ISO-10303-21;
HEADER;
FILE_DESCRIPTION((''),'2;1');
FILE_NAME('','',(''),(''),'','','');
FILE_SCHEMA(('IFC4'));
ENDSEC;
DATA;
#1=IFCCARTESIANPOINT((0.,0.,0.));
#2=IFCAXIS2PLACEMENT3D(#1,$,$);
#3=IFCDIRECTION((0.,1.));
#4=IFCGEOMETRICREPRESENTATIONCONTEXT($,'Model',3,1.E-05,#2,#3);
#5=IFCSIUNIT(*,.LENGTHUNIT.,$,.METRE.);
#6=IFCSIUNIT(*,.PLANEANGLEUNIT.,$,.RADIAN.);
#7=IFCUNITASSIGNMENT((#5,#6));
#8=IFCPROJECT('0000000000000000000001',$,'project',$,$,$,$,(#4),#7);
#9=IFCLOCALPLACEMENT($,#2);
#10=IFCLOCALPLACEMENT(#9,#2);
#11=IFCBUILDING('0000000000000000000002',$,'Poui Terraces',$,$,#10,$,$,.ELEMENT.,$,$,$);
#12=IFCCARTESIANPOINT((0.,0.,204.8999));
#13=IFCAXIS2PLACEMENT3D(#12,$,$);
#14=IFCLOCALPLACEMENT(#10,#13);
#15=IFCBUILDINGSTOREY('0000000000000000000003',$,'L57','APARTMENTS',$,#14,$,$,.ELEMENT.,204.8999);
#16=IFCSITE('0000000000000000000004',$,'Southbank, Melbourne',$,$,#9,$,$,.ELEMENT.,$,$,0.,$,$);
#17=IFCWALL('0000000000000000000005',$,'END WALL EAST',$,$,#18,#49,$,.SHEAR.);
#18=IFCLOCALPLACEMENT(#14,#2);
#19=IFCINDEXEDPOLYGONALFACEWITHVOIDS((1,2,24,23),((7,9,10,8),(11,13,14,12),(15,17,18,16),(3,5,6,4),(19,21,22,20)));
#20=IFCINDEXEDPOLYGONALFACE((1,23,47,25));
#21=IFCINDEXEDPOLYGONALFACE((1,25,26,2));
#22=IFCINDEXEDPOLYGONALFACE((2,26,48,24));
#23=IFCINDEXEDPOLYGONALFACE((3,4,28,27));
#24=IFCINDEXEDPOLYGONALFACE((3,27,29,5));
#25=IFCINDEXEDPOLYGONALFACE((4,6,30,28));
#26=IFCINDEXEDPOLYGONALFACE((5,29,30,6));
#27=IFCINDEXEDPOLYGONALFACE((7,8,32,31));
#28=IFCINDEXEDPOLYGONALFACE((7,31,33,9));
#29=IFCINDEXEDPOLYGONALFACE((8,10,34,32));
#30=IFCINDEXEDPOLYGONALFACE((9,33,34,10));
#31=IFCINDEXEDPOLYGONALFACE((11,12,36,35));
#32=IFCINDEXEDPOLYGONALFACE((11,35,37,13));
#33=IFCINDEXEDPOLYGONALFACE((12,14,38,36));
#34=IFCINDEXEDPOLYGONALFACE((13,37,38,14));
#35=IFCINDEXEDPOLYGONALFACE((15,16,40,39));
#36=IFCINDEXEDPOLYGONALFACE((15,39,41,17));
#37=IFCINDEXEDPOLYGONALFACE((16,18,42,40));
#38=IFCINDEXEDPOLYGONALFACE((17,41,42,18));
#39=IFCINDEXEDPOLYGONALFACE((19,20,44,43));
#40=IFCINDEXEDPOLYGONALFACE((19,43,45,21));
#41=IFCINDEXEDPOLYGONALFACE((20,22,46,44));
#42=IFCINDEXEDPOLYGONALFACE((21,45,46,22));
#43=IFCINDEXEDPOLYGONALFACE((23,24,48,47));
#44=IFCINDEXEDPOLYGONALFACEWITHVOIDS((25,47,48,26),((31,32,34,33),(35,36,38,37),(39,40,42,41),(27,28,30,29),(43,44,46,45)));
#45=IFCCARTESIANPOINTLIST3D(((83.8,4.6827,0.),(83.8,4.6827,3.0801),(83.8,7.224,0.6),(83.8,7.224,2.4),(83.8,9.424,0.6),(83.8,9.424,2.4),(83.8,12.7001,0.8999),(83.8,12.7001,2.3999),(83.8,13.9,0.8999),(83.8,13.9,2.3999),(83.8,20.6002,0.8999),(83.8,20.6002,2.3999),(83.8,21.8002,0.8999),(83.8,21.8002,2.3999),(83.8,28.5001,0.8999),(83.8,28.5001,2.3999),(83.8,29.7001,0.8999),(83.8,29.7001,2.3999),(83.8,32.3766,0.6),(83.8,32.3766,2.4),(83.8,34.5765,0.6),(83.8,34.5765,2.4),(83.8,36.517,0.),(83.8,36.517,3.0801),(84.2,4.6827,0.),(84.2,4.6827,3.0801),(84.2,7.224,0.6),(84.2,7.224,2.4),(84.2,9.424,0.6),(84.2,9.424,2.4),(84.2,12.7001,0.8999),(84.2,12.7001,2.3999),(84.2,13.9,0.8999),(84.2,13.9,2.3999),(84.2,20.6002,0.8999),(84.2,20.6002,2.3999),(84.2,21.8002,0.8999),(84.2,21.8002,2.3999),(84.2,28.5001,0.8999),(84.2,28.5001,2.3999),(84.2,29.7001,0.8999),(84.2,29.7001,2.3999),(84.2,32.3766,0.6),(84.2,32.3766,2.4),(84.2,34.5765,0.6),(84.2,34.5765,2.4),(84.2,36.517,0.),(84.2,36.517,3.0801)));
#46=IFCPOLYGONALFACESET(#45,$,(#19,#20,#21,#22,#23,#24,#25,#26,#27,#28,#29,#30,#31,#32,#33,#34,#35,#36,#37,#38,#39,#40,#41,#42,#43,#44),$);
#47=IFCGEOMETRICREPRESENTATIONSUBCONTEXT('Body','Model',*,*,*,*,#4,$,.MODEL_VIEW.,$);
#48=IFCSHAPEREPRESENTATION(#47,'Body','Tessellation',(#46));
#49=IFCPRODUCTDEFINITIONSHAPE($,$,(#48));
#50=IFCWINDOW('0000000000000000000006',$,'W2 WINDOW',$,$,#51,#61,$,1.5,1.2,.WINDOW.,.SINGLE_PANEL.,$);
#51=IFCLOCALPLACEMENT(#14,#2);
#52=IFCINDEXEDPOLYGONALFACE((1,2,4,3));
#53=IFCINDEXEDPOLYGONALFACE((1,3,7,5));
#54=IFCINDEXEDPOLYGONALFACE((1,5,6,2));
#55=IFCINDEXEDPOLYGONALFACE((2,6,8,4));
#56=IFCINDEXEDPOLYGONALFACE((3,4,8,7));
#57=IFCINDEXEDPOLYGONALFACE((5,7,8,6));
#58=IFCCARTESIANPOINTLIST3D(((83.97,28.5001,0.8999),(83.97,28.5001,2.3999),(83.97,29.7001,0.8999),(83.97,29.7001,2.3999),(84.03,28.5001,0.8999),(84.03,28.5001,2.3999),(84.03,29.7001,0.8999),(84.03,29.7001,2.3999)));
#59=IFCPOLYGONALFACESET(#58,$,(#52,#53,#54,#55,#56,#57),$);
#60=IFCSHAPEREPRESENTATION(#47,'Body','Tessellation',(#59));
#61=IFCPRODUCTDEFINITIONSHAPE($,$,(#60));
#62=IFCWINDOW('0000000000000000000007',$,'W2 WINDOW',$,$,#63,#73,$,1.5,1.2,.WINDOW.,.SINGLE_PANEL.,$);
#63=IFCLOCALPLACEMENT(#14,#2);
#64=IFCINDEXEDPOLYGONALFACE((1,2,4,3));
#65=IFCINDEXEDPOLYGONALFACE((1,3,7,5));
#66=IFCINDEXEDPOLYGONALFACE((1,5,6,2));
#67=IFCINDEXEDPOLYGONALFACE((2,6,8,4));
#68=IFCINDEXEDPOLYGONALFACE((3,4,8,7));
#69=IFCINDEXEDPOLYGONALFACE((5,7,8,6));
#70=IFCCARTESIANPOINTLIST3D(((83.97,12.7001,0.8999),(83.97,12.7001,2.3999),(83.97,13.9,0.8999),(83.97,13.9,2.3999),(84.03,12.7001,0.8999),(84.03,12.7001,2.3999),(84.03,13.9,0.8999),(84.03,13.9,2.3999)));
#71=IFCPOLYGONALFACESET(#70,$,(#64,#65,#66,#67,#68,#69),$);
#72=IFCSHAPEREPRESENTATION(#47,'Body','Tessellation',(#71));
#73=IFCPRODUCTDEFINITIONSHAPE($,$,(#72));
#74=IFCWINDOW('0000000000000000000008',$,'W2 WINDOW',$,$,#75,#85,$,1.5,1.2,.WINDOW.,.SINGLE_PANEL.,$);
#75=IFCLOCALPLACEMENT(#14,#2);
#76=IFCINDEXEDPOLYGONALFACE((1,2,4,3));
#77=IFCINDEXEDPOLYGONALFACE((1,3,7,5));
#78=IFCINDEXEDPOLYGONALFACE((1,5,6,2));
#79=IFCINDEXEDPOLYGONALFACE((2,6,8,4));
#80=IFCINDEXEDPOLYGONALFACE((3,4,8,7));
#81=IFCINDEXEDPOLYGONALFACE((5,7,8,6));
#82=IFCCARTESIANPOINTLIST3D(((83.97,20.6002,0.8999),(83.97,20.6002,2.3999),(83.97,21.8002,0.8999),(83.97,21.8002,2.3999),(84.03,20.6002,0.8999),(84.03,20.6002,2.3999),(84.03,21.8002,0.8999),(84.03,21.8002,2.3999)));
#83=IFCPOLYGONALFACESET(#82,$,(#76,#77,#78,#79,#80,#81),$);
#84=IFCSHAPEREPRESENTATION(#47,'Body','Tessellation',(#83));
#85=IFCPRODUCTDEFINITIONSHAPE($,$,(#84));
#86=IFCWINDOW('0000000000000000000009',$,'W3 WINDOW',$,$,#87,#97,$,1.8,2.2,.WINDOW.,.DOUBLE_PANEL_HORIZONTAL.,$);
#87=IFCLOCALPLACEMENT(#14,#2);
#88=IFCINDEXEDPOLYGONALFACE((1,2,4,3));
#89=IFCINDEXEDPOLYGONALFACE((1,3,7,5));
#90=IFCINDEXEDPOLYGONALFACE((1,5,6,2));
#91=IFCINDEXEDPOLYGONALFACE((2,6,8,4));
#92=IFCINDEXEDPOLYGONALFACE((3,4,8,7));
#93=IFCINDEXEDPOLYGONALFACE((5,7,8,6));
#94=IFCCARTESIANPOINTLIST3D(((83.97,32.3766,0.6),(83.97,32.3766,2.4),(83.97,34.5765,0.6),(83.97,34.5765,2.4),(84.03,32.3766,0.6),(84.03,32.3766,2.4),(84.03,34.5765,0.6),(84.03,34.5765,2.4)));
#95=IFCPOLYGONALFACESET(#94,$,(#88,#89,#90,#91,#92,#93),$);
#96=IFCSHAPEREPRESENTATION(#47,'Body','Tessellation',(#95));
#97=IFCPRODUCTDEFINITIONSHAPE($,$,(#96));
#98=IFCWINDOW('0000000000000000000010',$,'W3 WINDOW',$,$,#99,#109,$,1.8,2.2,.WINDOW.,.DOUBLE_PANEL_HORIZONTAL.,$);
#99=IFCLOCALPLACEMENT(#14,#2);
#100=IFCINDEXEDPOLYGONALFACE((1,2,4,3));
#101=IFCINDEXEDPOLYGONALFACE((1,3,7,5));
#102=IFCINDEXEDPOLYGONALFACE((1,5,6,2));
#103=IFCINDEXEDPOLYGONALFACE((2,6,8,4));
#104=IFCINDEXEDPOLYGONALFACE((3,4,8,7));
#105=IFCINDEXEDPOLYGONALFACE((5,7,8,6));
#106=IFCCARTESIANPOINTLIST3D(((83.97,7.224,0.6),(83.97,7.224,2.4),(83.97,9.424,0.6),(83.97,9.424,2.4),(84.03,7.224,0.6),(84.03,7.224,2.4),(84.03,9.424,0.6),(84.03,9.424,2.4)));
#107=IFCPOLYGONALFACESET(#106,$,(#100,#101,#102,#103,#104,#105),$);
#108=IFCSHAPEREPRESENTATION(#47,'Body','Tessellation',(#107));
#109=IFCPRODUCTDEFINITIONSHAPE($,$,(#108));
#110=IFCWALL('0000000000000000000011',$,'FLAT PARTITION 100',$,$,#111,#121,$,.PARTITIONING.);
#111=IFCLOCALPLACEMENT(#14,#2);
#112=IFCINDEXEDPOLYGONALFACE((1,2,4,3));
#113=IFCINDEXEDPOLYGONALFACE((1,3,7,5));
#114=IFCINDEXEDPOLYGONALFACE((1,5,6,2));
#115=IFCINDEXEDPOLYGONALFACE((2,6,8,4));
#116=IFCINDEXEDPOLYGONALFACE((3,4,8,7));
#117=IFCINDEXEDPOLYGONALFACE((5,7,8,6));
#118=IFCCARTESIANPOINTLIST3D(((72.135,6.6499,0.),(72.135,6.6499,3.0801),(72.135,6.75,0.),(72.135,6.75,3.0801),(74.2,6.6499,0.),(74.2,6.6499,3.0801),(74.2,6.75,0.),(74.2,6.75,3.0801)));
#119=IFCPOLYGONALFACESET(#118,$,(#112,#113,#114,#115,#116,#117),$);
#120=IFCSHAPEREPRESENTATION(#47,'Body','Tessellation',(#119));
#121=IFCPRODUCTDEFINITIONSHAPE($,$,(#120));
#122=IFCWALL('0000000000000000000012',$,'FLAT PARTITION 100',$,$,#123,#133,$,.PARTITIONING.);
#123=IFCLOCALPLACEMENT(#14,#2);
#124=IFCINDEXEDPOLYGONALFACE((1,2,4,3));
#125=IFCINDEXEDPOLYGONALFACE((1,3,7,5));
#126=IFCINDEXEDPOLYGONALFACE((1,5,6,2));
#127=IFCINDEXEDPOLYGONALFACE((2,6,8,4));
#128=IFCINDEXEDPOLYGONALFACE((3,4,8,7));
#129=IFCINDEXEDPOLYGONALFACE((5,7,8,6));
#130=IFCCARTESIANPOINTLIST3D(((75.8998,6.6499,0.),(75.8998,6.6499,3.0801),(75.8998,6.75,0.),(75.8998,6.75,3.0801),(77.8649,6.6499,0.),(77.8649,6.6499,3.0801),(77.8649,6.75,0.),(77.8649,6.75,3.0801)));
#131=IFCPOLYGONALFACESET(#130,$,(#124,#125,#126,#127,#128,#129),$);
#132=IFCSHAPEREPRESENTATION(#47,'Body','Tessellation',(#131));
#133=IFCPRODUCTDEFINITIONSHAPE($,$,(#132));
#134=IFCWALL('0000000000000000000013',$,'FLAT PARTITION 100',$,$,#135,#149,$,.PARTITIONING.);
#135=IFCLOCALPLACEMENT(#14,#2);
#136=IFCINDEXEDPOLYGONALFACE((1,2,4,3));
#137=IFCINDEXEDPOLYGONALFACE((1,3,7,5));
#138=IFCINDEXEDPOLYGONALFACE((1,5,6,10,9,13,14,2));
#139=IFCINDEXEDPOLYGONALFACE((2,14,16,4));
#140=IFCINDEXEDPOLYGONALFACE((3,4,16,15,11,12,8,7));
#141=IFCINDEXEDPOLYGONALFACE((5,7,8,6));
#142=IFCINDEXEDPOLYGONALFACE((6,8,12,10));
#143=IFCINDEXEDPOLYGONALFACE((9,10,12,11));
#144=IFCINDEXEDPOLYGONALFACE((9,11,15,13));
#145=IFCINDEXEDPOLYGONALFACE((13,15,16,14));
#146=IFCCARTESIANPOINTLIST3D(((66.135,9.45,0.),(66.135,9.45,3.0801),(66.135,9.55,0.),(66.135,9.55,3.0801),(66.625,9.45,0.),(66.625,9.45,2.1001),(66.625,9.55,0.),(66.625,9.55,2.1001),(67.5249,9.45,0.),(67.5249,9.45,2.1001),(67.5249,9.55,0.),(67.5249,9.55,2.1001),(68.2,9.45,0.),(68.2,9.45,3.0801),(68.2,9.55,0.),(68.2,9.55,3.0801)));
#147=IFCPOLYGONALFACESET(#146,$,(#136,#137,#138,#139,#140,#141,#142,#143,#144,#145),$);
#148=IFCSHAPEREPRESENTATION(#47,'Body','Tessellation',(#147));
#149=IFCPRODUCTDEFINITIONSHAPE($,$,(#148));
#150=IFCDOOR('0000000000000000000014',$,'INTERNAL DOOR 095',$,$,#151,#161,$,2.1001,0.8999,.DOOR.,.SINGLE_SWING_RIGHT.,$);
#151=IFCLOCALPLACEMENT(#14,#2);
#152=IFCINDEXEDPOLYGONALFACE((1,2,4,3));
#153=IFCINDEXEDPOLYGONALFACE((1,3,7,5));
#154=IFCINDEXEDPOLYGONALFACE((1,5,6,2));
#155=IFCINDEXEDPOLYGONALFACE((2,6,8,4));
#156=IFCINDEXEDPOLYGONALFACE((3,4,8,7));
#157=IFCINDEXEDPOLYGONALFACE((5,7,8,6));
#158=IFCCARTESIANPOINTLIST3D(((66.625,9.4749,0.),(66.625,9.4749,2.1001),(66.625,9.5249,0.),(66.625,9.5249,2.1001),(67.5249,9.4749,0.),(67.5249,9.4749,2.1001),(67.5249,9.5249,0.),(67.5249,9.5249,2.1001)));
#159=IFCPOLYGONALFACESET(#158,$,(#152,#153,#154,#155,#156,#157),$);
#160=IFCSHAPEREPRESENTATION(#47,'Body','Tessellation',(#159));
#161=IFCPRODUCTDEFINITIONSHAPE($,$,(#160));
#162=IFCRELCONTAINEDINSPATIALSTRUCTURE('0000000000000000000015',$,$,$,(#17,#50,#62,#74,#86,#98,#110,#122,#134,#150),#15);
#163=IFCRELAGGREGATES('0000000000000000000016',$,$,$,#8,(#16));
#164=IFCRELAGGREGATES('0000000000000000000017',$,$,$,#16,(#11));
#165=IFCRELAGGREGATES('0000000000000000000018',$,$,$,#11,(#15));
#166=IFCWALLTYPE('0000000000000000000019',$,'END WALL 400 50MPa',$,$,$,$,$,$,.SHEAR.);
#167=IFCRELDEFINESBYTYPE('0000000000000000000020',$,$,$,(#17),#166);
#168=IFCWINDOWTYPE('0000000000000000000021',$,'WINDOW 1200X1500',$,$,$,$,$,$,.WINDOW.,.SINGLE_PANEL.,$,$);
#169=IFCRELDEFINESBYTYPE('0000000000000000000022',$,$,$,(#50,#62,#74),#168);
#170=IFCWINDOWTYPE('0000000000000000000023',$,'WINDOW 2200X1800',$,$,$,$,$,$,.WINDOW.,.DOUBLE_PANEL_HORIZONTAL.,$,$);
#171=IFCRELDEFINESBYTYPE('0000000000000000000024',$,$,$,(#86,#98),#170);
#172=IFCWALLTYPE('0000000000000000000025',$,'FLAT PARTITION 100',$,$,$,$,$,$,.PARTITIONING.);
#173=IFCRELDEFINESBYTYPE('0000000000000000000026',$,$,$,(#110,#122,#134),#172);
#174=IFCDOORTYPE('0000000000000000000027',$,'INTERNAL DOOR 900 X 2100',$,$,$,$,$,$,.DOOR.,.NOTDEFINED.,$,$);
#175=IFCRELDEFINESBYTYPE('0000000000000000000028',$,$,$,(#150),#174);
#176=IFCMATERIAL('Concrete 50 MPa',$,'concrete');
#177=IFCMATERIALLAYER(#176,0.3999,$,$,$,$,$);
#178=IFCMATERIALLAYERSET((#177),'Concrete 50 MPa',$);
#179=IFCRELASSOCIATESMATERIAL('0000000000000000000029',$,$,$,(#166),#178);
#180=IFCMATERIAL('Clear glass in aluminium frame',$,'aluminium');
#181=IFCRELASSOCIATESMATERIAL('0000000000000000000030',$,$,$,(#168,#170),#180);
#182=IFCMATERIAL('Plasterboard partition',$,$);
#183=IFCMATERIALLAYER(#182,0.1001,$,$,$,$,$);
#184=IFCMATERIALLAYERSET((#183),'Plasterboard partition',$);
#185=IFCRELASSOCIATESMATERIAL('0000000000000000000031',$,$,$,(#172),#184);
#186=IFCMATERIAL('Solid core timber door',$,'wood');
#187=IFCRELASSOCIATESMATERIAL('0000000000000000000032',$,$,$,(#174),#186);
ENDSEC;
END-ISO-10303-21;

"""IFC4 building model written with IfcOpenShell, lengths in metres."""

from ifc_helpers import new_model, si_unit, direction, frame, frame_2d, origin, place, context, subcontext, project, spatial, rectangle, extrude, material, layer, layer_set, type_object, element, fill, save


model = new_model("IFC4")

# Units and contexts
model_context = context("Model", 3, precision=1e-05, world=origin(), true_north=direction((0.0, 1.0)))
body_context = subcontext(model_context, "Body", "Model", "MODEL_VIEW")
ifc_project = project(units=[si_unit("LENGTHUNIT", "METRE"), si_unit("PLANEANGLEUNIT", "RADIAN")], contexts=[model_context])

# Site, building, storey
site_placement = place(None, origin())
site = spatial("IfcSite", under=ifc_project, at=site_placement, Name="Southbank, Melbourne", CompositionType="ELEMENT", RefElevation=0.0)
building_placement = place(site_placement, origin())
building = spatial("IfcBuilding", under=site, at=building_placement, Name="Poui Terraces", CompositionType="ELEMENT")
storey_placement = place(building_placement, frame((0.0, 0.0, 204.8999)))
storey = spatial("IfcBuildingStorey", under=building, at=storey_placement, Name="L57", Description="APARTMENTS", CompositionType="ELEMENT", Elevation=204.8999)

# Shared definitions
ifc_material_1 = material(Name="Concrete 50 MPa", Category="concrete")

# Wall, openings, windows
ifc_layer_1 = layer(ifc_material_1, 0.3999)
ifc_layer_set_1 = layer_set([ifc_layer_1], Name="Concrete 50 MPa")
wall_type_1 = type_object("IfcWallType", Name="END WALL 400 50MPa", PredefinedType="SHEAR", material=ifc_layer_set_1)
wall_1_placement = place(storey_placement, frame((84.0, 4.6829, 0.0), z_axis=(0.0, 0.0, 1.0), x_axis=(0.0, 1.0, 0.0)))
wall_1 = element("IfcWall", 1, at=wall_1_placement, inside=storey, type_object=wall_type_1, Name="END WALL EAST", PredefinedType="SHEAR", context=body_context, shape_type="SweptSolid", body=[
    extrude(rectangle(XDim=31.8342, YDim=0.3999, at=frame_2d((15.917, 0.0))), origin(), (0.0, 0.0, 1.0), 3.0801),
])
opening_1_placement = place(wall_1_placement, frame((23.8171, 0.0, 0.8999)))
opening_1 = element("IfcOpeningElement", 2, at=opening_1_placement, cuts=wall_1, PredefinedType="OPENING", context=body_context, shape_type="SweptSolid", body=[
    extrude(rectangle(XDim=1.2, YDim=1.5, at=frame_2d((0.6001, 0.75))), frame((0.0, 0.21, 0.0), z_axis=(0.0, -1.0, 0.0), x_axis=(1.0, 0.0, 0.0)), (0.0, 0.0, 1.0), 0.4199),
])
opening_2_placement = place(wall_1_placement, frame((8.0171, 0.0, 0.8999)))
opening_2 = element("IfcOpeningElement", 3, at=opening_2_placement, cuts=wall_1, PredefinedType="OPENING", context=body_context, shape_type="SweptSolid", body=[
    extrude(rectangle(XDim=1.2, YDim=1.5, at=frame_2d((0.6001, 0.75))), frame((0.0, 0.21, 0.0), z_axis=(0.0, -1.0, 0.0), x_axis=(1.0, 0.0, 0.0)), (0.0, 0.0, 1.0), 0.4199),
])
opening_3_placement = place(wall_1_placement, frame((27.6936, 0.0, 0.6001)))
opening_3 = element("IfcOpeningElement", 4, at=opening_3_placement, cuts=wall_1, PredefinedType="OPENING", context=body_context, shape_type="SweptSolid", body=[
    extrude(rectangle(XDim=2.2, YDim=1.8, at=frame_2d((1.1001, 0.8999))), frame((0.0, 0.21, 0.0), z_axis=(0.0, -1.0, 0.0), x_axis=(1.0, 0.0, 0.0)), (0.0, 0.0, 1.0), 0.4199),
])
opening_4_placement = place(wall_1_placement, frame((2.541, 0.0, 0.6001)))
opening_4 = element("IfcOpeningElement", 5, at=opening_4_placement, cuts=wall_1, PredefinedType="OPENING", context=body_context, shape_type="SweptSolid", body=[
    extrude(rectangle(XDim=2.2, YDim=1.8, at=frame_2d((1.1001, 0.8999))), frame((0.0, 0.21, 0.0), z_axis=(0.0, -1.0, 0.0), x_axis=(1.0, 0.0, 0.0)), (0.0, 0.0, 1.0), 0.4199),
])
opening_5_placement = place(wall_1_placement, frame((15.9172, 0.0, 0.8999)))
opening_5 = element("IfcOpeningElement", 6, at=opening_5_placement, cuts=wall_1, PredefinedType="OPENING", context=body_context, shape_type="SweptSolid", body=[
    extrude(rectangle(XDim=1.2, YDim=1.5, at=frame_2d((0.6001, 0.75))), frame((0.0, 0.21, 0.0), z_axis=(0.0, -1.0, 0.0), x_axis=(1.0, 0.0, 0.0)), (0.0, 0.0, 1.0), 0.4199),
])
ifc_material_2 = material(Name="Clear glass in aluminium frame", Category="aluminium")
window_type_1 = type_object("IfcWindowType", Name="WINDOW 1200X1500", PartitioningType="SINGLE_PANEL", PredefinedType="WINDOW", material=ifc_material_2)
window_1_placement = place(opening_1_placement, origin())
window_1 = element("IfcWindow", 7, at=window_1_placement, inside=storey, type_object=window_type_1, Name="W2 WINDOW", OverallHeight=1.5, OverallWidth=1.2, PartitioningType="SINGLE_PANEL", PredefinedType="WINDOW", context=body_context, shape_type="SweptSolid", body=[
    extrude(rectangle(XDim=1.2, YDim=1.5, at=frame_2d((0.6001, 0.75))), frame((0.0, 0.03, 0.0), z_axis=(0.0, -1.0, 0.0), x_axis=(1.0, 0.0, 0.0)), (0.0, 0.0, 1.0), 0.0601),
])
fill(opening_1, window_1)
window_2_placement = place(opening_2_placement, origin())
window_2 = element("IfcWindow", 8, at=window_2_placement, inside=storey, type_object=window_type_1, Name="W2 WINDOW", OverallHeight=1.5, OverallWidth=1.2, PartitioningType="SINGLE_PANEL", PredefinedType="WINDOW", context=body_context, shape_type="SweptSolid", body=[
    extrude(rectangle(XDim=1.2, YDim=1.5, at=frame_2d((0.6001, 0.75))), frame((0.0, 0.03, 0.0), z_axis=(0.0, -1.0, 0.0), x_axis=(1.0, 0.0, 0.0)), (0.0, 0.0, 1.0), 0.0601),
])
fill(opening_2, window_2)
window_3_placement = place(opening_5_placement, origin())
window_3 = element("IfcWindow", 9, at=window_3_placement, inside=storey, type_object=window_type_1, Name="W2 WINDOW", OverallHeight=1.5, OverallWidth=1.2, PartitioningType="SINGLE_PANEL", PredefinedType="WINDOW", context=body_context, shape_type="SweptSolid", body=[
    extrude(rectangle(XDim=1.2, YDim=1.5, at=frame_2d((0.6001, 0.75))), frame((0.0, 0.03, 0.0), z_axis=(0.0, -1.0, 0.0), x_axis=(1.0, 0.0, 0.0)), (0.0, 0.0, 1.0), 0.0601),
])
fill(opening_5, window_3)
window_type_2 = type_object("IfcWindowType", Name="WINDOW 2200X1800", PartitioningType="DOUBLE_PANEL_HORIZONTAL", PredefinedType="WINDOW", material=ifc_material_2)
window_4_placement = place(opening_3_placement, origin())
window_4 = element("IfcWindow", 10, at=window_4_placement, inside=storey, type_object=window_type_2, Name="W3 WINDOW", OverallHeight=1.8, OverallWidth=2.2, PartitioningType="DOUBLE_PANEL_HORIZONTAL", PredefinedType="WINDOW", context=body_context, shape_type="SweptSolid", body=[
    extrude(rectangle(XDim=2.2, YDim=1.8, at=frame_2d((1.1001, 0.8999))), frame((0.0, 0.03, 0.0), z_axis=(0.0, -1.0, 0.0), x_axis=(1.0, 0.0, 0.0)), (0.0, 0.0, 1.0), 0.0601),
])
fill(opening_3, window_4)
window_5_placement = place(opening_4_placement, origin())
window_5 = element("IfcWindow", 11, at=window_5_placement, inside=storey, type_object=window_type_2, Name="W3 WINDOW", OverallHeight=1.8, OverallWidth=2.2, PartitioningType="DOUBLE_PANEL_HORIZONTAL", PredefinedType="WINDOW", context=body_context, shape_type="SweptSolid", body=[
    extrude(rectangle(XDim=2.2, YDim=1.8, at=frame_2d((1.1001, 0.8999))), frame((0.0, 0.03, 0.0), z_axis=(0.0, -1.0, 0.0), x_axis=(1.0, 0.0, 0.0)), (0.0, 0.0, 1.0), 0.0601),
])
fill(opening_4, window_5)

# Walls
ifc_material_3 = material(Name="Plasterboard partition")
ifc_layer_2 = layer(ifc_material_3, 0.1001)
ifc_layer_set_2 = layer_set([ifc_layer_2], Name="Plasterboard partition")
wall_type_2 = type_object("IfcWallType", Name="FLAT PARTITION 100", PredefinedType="PARTITIONING", material=ifc_layer_set_2)
wall_2_placement = place(storey_placement, frame((72.135, 6.7, 0.0), z_axis=(0.0, 0.0, 1.0), x_axis=(1.0, 0.0, 0.0)))
element("IfcWall", 12, at=wall_2_placement, inside=storey, type_object=wall_type_2, Name="FLAT PARTITION 100", PredefinedType="PARTITIONING", context=body_context, shape_type="SweptSolid", body=[
    extrude(rectangle(XDim=2.0649, YDim=0.1001, at=frame_2d((1.0325, 0.0))), origin(), (0.0, 0.0, 1.0), 3.0801),
])
wall_3_placement = place(storey_placement, frame((75.8999, 6.7, 0.0), z_axis=(0.0, 0.0, 1.0), x_axis=(1.0, 0.0, 0.0)))
element("IfcWall", 13, at=wall_3_placement, inside=storey, type_object=wall_type_2, Name="FLAT PARTITION 100", PredefinedType="PARTITIONING", context=body_context, shape_type="SweptSolid", body=[
    extrude(rectangle(XDim=1.9651, YDim=0.1001, at=frame_2d((0.9824, 0.0))), origin(), (0.0, 0.0, 1.0), 3.0801),
])

# Wall, opening, door
wall_4_placement = place(storey_placement, frame((66.135, 9.5, 0.0), z_axis=(0.0, 0.0, 1.0), x_axis=(1.0, 0.0, 0.0)))
wall_4 = element("IfcWall", 14, at=wall_4_placement, inside=storey, type_object=wall_type_2, Name="FLAT PARTITION 100", PredefinedType="PARTITIONING", context=body_context, shape_type="SweptSolid", body=[
    extrude(rectangle(XDim=2.0649, YDim=0.1001, at=frame_2d((1.0325, 0.0))), origin(), (0.0, 0.0, 1.0), 3.0801),
])
opening_6_placement = place(wall_4_placement, frame((0.49, 0.0, 0.0)))
opening_6 = element("IfcOpeningElement", 15, at=opening_6_placement, cuts=wall_4, PredefinedType="OPENING", context=body_context, shape_type="SweptSolid", body=[
    extrude(rectangle(XDim=0.8999, YDim=2.1001, at=frame_2d((0.45, 1.05))), frame((0.0, 0.0601, 0.0), z_axis=(0.0, -1.0, 0.0), x_axis=(1.0, 0.0, 0.0)), (0.0, 0.0, 1.0), 0.1201),
])
ifc_material_4 = material(Name="Solid core timber door", Category="wood")
door_type_1 = type_object("IfcDoorType", Name="INTERNAL DOOR 900 X 2100", OperationType="NOTDEFINED", PredefinedType="DOOR", material=ifc_material_4)
door_1_placement = place(opening_6_placement, origin())
door_1 = element("IfcDoor", 16, at=door_1_placement, inside=storey, type_object=door_type_1, Name="INTERNAL DOOR 095", OperationType="SINGLE_SWING_RIGHT", OverallHeight=2.1001, OverallWidth=0.8999, PredefinedType="DOOR", context=body_context, shape_type="SweptSolid", body=[
    extrude(rectangle(XDim=0.8999, YDim=2.1001, at=frame_2d((0.45, 1.05))), frame((0.0, 0.0249, 0.0), z_axis=(0.0, -1.0, 0.0), x_axis=(1.0, 0.0, 0.0)), (0.0, 0.0, 1.0), 0.05),
])
fill(opening_6, door_1)

save(model, "model.ifc")
